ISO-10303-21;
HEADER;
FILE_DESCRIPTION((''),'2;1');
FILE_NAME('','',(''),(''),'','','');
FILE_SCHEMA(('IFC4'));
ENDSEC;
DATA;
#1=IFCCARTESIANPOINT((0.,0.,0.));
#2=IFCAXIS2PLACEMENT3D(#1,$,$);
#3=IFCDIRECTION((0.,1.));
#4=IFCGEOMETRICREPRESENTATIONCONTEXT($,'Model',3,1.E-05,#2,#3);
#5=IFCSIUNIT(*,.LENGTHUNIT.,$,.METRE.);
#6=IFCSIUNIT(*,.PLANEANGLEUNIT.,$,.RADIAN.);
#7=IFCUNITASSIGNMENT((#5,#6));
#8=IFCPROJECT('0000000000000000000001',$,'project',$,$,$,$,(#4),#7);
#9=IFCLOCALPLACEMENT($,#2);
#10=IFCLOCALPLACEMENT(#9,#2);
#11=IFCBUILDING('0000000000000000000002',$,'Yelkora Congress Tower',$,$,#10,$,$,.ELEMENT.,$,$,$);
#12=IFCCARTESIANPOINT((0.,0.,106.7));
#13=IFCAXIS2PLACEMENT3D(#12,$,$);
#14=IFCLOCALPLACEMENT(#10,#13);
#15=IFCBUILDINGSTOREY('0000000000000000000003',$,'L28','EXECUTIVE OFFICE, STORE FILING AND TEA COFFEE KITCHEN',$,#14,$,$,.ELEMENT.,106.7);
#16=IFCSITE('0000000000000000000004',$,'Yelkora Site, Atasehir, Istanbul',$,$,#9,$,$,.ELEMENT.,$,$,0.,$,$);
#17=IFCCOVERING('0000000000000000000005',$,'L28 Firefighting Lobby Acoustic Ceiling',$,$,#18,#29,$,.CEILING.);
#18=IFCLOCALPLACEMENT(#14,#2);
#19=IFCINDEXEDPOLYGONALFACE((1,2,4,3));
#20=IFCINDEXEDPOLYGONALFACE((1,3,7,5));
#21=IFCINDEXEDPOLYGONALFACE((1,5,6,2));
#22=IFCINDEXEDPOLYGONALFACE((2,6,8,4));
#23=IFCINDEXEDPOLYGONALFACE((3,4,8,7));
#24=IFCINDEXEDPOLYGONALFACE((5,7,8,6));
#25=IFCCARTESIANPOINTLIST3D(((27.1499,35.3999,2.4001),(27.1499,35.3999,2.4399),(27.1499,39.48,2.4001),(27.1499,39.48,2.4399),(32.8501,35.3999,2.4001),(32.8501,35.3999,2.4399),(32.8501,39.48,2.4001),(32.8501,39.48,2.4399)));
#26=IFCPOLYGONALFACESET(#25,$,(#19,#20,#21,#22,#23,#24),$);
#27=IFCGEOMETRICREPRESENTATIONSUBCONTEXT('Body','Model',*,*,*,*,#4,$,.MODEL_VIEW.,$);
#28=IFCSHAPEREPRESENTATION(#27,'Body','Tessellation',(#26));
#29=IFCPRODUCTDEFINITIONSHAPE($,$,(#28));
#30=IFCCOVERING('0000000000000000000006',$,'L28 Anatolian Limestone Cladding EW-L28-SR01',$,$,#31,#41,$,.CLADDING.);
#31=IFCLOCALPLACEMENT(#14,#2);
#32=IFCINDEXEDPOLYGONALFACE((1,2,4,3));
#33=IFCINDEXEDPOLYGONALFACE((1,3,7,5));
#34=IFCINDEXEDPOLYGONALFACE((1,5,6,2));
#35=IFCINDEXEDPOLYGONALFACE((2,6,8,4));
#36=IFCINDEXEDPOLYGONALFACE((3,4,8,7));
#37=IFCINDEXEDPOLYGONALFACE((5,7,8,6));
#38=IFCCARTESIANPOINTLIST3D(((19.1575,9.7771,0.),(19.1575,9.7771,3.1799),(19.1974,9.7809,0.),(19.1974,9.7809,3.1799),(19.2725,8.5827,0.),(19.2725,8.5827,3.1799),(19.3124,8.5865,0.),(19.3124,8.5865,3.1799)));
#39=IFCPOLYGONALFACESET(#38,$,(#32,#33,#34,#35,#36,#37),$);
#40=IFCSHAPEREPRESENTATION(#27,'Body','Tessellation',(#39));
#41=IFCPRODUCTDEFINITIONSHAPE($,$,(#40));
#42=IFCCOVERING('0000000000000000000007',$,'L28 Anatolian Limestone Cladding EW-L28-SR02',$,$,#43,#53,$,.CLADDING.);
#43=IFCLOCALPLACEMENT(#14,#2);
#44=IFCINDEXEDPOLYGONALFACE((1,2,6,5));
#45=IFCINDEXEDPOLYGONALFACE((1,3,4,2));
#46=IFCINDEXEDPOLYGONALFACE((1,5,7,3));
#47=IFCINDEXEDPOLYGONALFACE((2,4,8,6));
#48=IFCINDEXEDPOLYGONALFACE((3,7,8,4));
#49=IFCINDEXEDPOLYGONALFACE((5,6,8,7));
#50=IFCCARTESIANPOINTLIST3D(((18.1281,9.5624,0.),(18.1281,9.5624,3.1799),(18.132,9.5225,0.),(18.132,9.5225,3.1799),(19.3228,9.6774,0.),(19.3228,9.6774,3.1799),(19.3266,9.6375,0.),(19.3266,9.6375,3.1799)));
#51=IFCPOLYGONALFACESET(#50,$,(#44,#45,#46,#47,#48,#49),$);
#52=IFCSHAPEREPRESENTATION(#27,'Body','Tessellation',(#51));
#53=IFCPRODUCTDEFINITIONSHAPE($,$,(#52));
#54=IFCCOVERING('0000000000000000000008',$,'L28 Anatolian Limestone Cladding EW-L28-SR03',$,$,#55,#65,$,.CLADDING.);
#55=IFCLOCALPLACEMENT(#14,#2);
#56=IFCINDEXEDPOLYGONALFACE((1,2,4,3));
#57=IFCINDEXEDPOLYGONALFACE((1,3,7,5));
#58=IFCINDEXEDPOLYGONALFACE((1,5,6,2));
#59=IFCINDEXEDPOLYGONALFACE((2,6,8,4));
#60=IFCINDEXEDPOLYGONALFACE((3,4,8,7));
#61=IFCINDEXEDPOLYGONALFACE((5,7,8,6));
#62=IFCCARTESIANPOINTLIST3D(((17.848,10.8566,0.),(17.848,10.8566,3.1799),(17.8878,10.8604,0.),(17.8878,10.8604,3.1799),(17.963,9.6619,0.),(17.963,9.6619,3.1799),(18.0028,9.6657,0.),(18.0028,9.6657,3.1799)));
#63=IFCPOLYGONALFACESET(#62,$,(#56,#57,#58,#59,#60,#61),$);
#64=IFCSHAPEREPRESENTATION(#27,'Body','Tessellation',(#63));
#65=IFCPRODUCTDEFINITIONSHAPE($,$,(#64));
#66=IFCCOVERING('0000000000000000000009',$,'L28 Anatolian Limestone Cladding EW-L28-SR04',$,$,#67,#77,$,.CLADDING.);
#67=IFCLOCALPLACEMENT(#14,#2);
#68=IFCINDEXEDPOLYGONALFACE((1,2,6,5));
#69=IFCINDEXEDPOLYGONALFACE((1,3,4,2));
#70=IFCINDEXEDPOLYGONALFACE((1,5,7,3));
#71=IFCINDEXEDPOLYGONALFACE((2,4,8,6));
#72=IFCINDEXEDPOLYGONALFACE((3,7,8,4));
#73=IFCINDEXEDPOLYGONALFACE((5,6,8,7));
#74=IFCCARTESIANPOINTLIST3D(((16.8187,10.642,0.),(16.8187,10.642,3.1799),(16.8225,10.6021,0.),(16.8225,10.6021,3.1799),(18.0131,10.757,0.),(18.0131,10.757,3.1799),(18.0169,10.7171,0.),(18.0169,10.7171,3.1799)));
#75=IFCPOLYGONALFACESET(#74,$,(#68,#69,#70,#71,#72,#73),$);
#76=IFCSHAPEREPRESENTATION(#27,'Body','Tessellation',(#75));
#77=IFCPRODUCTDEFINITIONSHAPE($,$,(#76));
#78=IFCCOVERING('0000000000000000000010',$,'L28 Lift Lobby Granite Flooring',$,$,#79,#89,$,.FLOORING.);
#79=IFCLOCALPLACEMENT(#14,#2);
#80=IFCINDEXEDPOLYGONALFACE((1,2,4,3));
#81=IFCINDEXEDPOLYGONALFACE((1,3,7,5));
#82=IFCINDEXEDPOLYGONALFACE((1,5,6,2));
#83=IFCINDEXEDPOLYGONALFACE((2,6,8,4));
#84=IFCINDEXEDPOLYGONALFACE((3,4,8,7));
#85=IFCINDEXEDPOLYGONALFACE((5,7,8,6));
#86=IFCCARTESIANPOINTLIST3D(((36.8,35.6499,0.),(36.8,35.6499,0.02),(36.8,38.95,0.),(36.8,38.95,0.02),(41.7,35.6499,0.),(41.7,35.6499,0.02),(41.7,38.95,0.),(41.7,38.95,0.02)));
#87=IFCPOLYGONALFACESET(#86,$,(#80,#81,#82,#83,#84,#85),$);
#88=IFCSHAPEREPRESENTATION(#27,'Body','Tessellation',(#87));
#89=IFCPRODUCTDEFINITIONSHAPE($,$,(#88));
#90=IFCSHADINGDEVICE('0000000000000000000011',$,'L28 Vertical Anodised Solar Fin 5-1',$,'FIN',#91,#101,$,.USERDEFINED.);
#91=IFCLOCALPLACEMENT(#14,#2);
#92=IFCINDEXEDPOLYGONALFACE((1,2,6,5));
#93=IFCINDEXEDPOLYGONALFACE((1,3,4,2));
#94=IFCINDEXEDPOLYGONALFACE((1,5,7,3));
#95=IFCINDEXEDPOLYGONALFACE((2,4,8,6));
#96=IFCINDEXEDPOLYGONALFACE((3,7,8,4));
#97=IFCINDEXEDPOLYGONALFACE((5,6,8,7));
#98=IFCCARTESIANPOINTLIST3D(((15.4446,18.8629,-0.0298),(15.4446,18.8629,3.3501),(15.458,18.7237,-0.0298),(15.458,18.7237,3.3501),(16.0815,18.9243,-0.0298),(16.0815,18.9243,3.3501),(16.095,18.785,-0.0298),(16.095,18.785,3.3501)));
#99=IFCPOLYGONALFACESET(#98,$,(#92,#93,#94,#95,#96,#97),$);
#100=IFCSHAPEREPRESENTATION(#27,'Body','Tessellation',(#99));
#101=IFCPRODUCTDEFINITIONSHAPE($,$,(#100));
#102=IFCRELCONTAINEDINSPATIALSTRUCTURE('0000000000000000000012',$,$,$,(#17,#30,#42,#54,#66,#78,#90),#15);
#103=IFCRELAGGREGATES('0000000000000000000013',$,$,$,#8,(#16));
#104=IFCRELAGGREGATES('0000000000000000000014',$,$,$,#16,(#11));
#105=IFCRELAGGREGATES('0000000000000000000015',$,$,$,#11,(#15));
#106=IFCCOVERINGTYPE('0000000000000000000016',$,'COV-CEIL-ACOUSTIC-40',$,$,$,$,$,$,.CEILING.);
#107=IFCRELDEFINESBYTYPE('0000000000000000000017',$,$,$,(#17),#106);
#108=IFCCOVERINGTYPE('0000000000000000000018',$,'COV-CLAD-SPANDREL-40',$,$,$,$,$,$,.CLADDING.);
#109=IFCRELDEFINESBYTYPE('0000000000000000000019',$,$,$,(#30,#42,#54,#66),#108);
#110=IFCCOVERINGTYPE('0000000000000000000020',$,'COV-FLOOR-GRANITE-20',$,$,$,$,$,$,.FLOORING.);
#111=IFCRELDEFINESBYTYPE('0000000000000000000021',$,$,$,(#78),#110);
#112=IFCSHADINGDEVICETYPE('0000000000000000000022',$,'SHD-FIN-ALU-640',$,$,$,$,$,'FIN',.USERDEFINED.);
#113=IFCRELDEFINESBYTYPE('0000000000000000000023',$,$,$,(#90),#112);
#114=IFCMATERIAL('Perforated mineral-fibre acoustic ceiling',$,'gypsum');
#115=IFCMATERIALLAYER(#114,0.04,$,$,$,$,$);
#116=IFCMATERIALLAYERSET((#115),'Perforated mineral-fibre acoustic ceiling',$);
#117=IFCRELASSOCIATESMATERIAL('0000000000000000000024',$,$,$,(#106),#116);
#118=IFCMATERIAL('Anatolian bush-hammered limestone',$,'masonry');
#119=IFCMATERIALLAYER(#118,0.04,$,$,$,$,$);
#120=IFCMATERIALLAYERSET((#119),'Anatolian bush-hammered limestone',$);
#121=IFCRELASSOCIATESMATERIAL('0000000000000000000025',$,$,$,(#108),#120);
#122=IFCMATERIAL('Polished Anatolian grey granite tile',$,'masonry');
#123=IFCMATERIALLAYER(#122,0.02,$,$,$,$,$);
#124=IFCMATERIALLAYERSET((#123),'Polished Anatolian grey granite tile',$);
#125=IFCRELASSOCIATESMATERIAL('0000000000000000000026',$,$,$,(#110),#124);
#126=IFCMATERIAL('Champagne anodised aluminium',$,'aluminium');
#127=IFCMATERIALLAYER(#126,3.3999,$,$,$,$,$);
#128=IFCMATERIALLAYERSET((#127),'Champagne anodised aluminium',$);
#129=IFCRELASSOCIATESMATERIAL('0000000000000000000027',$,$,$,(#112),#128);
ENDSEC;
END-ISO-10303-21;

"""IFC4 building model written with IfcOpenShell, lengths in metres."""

from ifc_helpers import new_model, si_unit, direction, frame, frame_2d, origin, origin_2d, place, context, subcontext, project, spatial, polyline, rectangle, outline, extrude, material, layer, layer_set, type_object, element, save


model = new_model("IFC4")

# Units and contexts
model_context = context("Model", 3, precision=1e-05, world=origin(), true_north=direction((0.0, 1.0)))
body_context = subcontext(model_context, "Body", "Model", "MODEL_VIEW")
ifc_project = project(units=[si_unit("LENGTHUNIT", "METRE"), si_unit("PLANEANGLEUNIT", "RADIAN")], contexts=[model_context])

# Site, building, storey
site_placement = place(None, origin())
site = spatial("IfcSite", under=ifc_project, at=site_placement, Name="Yelkora Site, Atasehir, Istanbul", CompositionType="ELEMENT", RefElevation=0.0)
building_placement = place(site_placement, origin())
building = spatial("IfcBuilding", under=site, at=building_placement, Name="Yelkora Congress Tower", CompositionType="ELEMENT")
storey_placement = place(building_placement, frame((0.0, 0.0, 106.7)))
storey = spatial("IfcBuildingStorey", under=building, at=storey_placement, Name="L28", Description="EXECUTIVE OFFICE, STORE FILING AND TEA COFFEE KITCHEN", CompositionType="ELEMENT", Elevation=106.7)

# Coverings
ifc_material_1 = material(Name="Perforated mineral-fibre acoustic ceiling", Category="gypsum")
ifc_layer_1 = layer(ifc_material_1, 0.04)
ifc_layer_set_1 = layer_set([ifc_layer_1], Name="Perforated mineral-fibre acoustic ceiling")
covering_type_1 = type_object("IfcCoveringType", Name="COV-CEIL-ACOUSTIC-40", PredefinedType="CEILING", material=ifc_layer_set_1)
covering_1_placement = place(storey_placement, frame((0.0, 0.0, 2.4001)))
element("IfcCovering", 1, at=covering_1_placement, inside=storey, type_object=covering_type_1, Name="L28 Firefighting Lobby Acoustic Ceiling", PredefinedType="CEILING", context=body_context, shape_type="SweptSolid", body=[
    extrude(outline(polyline([(27.1499, 35.3999), (32.8501, 35.3999), (32.8501, 39.48), (27.1499, 39.48), (27.1499, 35.3999)])), origin(), (0.0, 0.0, 1.0), 0.0398),
])
ifc_material_2 = material(Name="Anatolian bush-hammered limestone", Category="masonry")
ifc_layer_2 = layer(ifc_material_2, 0.04)
ifc_layer_set_2 = layer_set([ifc_layer_2], Name="Anatolian bush-hammered limestone")
covering_type_2 = type_object("IfcCoveringType", Name="COV-CLAD-SPANDREL-40", PredefinedType="CLADDING", material=ifc_layer_set_2)
covering_2_placement = place(storey_placement, frame((19.2925, 8.5845, 0.0), z_axis=(0.0, 0.0, 1.0), x_axis=(-0.095836, 0.995397, 0.0)))
element("IfcCovering", 2, at=covering_2_placement, inside=storey, type_object=covering_type_2, Name="L28 Anatolian Limestone Cladding EW-L28-SR01", PredefinedType="CLADDING", context=body_context, shape_type="SweptSolid", body=[
    extrude(rectangle(XDim=1.2, YDim=0.04, at=frame_2d((0.6001, 0.0))), origin(), (0.0, 0.0, 1.0), 3.1799),
])
for number, where, z_axis, x_axis, name in (
    (3, (19.3247, 9.6575, 0.0), (0.0, 0.0, 1.0), (-0.995399, -0.095817, 0.0), "L28 Anatolian Limestone Cladding EW-L28-SR02"),
    (4, (17.9829, 9.6638, 0.0), (0.0, 0.0, 1.0), (-0.095817, 0.995399, 0.0), "L28 Anatolian Limestone Cladding EW-L28-SR03"),
):
    element("IfcCovering", number, at=place(storey_placement, frame(where, z_axis=z_axis, x_axis=x_axis)), inside=storey, type_object=covering_type_2, Name=name, PredefinedType="CLADDING", context=body_context, shape_type="SweptSolid", body=[
        extrude(rectangle(XDim=1.2002, YDim=0.04, at=frame_2d((0.6001, 0.0))), origin(), (0.0, 0.0, 1.0), 3.1799),
    ])
covering_3_placement = place(storey_placement, frame((18.0151, 10.7371, 0.0), z_axis=(0.0, 0.0, 1.0), x_axis=(-0.995397, -0.095836, 0.0)))
element("IfcCovering", 5, at=covering_3_placement, inside=storey, type_object=covering_type_2, Name="L28 Anatolian Limestone Cladding EW-L28-SR04", PredefinedType="CLADDING", context=body_context, shape_type="SweptSolid", body=[
    extrude(rectangle(XDim=1.2, YDim=0.04, at=frame_2d((0.6001, 0.0))), origin(), (0.0, 0.0, 1.0), 3.1799),
])
ifc_material_3 = material(Name="Polished Anatolian grey granite tile", Category="masonry")
ifc_layer_3 = layer(ifc_material_3, 0.02)
ifc_layer_set_3 = layer_set([ifc_layer_3], Name="Polished Anatolian grey granite tile")
covering_type_3 = type_object("IfcCoveringType", Name="COV-FLOOR-GRANITE-20", PredefinedType="FLOORING", material=ifc_layer_set_3)
covering_4_placement = place(storey_placement, origin())
element("IfcCovering", 6, at=covering_4_placement, inside=storey, type_object=covering_type_3, Name="L28 Lift Lobby Granite Flooring", PredefinedType="FLOORING", context=body_context, shape_type="SweptSolid", body=[
    extrude(outline(polyline([(36.8, 35.6499), (41.7, 35.6499), (41.7, 38.95), (36.8, 38.95), (36.8, 35.6499)])), origin(), (0.0, 0.0, 1.0), 0.02),
])

# Shading device
ifc_material_4 = material(Name="Champagne anodised aluminium", Category="aluminium")
ifc_layer_4 = layer(ifc_material_4, 3.3999)
ifc_layer_set_4 = layer_set([ifc_layer_4], Name="Champagne anodised aluminium")
shading_device_type = type_object("IfcShadingDeviceType", Name="SHD-FIN-ALU-640", ElementType="FIN", PredefinedType="USERDEFINED", material=ifc_layer_set_4)
shading_device_placement = place(storey_placement, frame((15.7698, 18.824, -0.0298), z_axis=(0.0, 0.0, 1.0), x_axis=(-0.095846, 0.995396, 0.0)))
element("IfcShadingDevice", 7, at=shading_device_placement, inside=storey, type_object=shading_device_type, Name="L28 Vertical Anodised Solar Fin 5-1", ObjectType="FIN", PredefinedType="USERDEFINED", context=body_context, shape_type="SweptSolid", body=[
    extrude(rectangle(XDim=0.1399, YDim=0.6399, at=origin_2d()), origin(), (0.0, 0.0, 1.0), 3.3799),
])

save(model, "model.ifc")
